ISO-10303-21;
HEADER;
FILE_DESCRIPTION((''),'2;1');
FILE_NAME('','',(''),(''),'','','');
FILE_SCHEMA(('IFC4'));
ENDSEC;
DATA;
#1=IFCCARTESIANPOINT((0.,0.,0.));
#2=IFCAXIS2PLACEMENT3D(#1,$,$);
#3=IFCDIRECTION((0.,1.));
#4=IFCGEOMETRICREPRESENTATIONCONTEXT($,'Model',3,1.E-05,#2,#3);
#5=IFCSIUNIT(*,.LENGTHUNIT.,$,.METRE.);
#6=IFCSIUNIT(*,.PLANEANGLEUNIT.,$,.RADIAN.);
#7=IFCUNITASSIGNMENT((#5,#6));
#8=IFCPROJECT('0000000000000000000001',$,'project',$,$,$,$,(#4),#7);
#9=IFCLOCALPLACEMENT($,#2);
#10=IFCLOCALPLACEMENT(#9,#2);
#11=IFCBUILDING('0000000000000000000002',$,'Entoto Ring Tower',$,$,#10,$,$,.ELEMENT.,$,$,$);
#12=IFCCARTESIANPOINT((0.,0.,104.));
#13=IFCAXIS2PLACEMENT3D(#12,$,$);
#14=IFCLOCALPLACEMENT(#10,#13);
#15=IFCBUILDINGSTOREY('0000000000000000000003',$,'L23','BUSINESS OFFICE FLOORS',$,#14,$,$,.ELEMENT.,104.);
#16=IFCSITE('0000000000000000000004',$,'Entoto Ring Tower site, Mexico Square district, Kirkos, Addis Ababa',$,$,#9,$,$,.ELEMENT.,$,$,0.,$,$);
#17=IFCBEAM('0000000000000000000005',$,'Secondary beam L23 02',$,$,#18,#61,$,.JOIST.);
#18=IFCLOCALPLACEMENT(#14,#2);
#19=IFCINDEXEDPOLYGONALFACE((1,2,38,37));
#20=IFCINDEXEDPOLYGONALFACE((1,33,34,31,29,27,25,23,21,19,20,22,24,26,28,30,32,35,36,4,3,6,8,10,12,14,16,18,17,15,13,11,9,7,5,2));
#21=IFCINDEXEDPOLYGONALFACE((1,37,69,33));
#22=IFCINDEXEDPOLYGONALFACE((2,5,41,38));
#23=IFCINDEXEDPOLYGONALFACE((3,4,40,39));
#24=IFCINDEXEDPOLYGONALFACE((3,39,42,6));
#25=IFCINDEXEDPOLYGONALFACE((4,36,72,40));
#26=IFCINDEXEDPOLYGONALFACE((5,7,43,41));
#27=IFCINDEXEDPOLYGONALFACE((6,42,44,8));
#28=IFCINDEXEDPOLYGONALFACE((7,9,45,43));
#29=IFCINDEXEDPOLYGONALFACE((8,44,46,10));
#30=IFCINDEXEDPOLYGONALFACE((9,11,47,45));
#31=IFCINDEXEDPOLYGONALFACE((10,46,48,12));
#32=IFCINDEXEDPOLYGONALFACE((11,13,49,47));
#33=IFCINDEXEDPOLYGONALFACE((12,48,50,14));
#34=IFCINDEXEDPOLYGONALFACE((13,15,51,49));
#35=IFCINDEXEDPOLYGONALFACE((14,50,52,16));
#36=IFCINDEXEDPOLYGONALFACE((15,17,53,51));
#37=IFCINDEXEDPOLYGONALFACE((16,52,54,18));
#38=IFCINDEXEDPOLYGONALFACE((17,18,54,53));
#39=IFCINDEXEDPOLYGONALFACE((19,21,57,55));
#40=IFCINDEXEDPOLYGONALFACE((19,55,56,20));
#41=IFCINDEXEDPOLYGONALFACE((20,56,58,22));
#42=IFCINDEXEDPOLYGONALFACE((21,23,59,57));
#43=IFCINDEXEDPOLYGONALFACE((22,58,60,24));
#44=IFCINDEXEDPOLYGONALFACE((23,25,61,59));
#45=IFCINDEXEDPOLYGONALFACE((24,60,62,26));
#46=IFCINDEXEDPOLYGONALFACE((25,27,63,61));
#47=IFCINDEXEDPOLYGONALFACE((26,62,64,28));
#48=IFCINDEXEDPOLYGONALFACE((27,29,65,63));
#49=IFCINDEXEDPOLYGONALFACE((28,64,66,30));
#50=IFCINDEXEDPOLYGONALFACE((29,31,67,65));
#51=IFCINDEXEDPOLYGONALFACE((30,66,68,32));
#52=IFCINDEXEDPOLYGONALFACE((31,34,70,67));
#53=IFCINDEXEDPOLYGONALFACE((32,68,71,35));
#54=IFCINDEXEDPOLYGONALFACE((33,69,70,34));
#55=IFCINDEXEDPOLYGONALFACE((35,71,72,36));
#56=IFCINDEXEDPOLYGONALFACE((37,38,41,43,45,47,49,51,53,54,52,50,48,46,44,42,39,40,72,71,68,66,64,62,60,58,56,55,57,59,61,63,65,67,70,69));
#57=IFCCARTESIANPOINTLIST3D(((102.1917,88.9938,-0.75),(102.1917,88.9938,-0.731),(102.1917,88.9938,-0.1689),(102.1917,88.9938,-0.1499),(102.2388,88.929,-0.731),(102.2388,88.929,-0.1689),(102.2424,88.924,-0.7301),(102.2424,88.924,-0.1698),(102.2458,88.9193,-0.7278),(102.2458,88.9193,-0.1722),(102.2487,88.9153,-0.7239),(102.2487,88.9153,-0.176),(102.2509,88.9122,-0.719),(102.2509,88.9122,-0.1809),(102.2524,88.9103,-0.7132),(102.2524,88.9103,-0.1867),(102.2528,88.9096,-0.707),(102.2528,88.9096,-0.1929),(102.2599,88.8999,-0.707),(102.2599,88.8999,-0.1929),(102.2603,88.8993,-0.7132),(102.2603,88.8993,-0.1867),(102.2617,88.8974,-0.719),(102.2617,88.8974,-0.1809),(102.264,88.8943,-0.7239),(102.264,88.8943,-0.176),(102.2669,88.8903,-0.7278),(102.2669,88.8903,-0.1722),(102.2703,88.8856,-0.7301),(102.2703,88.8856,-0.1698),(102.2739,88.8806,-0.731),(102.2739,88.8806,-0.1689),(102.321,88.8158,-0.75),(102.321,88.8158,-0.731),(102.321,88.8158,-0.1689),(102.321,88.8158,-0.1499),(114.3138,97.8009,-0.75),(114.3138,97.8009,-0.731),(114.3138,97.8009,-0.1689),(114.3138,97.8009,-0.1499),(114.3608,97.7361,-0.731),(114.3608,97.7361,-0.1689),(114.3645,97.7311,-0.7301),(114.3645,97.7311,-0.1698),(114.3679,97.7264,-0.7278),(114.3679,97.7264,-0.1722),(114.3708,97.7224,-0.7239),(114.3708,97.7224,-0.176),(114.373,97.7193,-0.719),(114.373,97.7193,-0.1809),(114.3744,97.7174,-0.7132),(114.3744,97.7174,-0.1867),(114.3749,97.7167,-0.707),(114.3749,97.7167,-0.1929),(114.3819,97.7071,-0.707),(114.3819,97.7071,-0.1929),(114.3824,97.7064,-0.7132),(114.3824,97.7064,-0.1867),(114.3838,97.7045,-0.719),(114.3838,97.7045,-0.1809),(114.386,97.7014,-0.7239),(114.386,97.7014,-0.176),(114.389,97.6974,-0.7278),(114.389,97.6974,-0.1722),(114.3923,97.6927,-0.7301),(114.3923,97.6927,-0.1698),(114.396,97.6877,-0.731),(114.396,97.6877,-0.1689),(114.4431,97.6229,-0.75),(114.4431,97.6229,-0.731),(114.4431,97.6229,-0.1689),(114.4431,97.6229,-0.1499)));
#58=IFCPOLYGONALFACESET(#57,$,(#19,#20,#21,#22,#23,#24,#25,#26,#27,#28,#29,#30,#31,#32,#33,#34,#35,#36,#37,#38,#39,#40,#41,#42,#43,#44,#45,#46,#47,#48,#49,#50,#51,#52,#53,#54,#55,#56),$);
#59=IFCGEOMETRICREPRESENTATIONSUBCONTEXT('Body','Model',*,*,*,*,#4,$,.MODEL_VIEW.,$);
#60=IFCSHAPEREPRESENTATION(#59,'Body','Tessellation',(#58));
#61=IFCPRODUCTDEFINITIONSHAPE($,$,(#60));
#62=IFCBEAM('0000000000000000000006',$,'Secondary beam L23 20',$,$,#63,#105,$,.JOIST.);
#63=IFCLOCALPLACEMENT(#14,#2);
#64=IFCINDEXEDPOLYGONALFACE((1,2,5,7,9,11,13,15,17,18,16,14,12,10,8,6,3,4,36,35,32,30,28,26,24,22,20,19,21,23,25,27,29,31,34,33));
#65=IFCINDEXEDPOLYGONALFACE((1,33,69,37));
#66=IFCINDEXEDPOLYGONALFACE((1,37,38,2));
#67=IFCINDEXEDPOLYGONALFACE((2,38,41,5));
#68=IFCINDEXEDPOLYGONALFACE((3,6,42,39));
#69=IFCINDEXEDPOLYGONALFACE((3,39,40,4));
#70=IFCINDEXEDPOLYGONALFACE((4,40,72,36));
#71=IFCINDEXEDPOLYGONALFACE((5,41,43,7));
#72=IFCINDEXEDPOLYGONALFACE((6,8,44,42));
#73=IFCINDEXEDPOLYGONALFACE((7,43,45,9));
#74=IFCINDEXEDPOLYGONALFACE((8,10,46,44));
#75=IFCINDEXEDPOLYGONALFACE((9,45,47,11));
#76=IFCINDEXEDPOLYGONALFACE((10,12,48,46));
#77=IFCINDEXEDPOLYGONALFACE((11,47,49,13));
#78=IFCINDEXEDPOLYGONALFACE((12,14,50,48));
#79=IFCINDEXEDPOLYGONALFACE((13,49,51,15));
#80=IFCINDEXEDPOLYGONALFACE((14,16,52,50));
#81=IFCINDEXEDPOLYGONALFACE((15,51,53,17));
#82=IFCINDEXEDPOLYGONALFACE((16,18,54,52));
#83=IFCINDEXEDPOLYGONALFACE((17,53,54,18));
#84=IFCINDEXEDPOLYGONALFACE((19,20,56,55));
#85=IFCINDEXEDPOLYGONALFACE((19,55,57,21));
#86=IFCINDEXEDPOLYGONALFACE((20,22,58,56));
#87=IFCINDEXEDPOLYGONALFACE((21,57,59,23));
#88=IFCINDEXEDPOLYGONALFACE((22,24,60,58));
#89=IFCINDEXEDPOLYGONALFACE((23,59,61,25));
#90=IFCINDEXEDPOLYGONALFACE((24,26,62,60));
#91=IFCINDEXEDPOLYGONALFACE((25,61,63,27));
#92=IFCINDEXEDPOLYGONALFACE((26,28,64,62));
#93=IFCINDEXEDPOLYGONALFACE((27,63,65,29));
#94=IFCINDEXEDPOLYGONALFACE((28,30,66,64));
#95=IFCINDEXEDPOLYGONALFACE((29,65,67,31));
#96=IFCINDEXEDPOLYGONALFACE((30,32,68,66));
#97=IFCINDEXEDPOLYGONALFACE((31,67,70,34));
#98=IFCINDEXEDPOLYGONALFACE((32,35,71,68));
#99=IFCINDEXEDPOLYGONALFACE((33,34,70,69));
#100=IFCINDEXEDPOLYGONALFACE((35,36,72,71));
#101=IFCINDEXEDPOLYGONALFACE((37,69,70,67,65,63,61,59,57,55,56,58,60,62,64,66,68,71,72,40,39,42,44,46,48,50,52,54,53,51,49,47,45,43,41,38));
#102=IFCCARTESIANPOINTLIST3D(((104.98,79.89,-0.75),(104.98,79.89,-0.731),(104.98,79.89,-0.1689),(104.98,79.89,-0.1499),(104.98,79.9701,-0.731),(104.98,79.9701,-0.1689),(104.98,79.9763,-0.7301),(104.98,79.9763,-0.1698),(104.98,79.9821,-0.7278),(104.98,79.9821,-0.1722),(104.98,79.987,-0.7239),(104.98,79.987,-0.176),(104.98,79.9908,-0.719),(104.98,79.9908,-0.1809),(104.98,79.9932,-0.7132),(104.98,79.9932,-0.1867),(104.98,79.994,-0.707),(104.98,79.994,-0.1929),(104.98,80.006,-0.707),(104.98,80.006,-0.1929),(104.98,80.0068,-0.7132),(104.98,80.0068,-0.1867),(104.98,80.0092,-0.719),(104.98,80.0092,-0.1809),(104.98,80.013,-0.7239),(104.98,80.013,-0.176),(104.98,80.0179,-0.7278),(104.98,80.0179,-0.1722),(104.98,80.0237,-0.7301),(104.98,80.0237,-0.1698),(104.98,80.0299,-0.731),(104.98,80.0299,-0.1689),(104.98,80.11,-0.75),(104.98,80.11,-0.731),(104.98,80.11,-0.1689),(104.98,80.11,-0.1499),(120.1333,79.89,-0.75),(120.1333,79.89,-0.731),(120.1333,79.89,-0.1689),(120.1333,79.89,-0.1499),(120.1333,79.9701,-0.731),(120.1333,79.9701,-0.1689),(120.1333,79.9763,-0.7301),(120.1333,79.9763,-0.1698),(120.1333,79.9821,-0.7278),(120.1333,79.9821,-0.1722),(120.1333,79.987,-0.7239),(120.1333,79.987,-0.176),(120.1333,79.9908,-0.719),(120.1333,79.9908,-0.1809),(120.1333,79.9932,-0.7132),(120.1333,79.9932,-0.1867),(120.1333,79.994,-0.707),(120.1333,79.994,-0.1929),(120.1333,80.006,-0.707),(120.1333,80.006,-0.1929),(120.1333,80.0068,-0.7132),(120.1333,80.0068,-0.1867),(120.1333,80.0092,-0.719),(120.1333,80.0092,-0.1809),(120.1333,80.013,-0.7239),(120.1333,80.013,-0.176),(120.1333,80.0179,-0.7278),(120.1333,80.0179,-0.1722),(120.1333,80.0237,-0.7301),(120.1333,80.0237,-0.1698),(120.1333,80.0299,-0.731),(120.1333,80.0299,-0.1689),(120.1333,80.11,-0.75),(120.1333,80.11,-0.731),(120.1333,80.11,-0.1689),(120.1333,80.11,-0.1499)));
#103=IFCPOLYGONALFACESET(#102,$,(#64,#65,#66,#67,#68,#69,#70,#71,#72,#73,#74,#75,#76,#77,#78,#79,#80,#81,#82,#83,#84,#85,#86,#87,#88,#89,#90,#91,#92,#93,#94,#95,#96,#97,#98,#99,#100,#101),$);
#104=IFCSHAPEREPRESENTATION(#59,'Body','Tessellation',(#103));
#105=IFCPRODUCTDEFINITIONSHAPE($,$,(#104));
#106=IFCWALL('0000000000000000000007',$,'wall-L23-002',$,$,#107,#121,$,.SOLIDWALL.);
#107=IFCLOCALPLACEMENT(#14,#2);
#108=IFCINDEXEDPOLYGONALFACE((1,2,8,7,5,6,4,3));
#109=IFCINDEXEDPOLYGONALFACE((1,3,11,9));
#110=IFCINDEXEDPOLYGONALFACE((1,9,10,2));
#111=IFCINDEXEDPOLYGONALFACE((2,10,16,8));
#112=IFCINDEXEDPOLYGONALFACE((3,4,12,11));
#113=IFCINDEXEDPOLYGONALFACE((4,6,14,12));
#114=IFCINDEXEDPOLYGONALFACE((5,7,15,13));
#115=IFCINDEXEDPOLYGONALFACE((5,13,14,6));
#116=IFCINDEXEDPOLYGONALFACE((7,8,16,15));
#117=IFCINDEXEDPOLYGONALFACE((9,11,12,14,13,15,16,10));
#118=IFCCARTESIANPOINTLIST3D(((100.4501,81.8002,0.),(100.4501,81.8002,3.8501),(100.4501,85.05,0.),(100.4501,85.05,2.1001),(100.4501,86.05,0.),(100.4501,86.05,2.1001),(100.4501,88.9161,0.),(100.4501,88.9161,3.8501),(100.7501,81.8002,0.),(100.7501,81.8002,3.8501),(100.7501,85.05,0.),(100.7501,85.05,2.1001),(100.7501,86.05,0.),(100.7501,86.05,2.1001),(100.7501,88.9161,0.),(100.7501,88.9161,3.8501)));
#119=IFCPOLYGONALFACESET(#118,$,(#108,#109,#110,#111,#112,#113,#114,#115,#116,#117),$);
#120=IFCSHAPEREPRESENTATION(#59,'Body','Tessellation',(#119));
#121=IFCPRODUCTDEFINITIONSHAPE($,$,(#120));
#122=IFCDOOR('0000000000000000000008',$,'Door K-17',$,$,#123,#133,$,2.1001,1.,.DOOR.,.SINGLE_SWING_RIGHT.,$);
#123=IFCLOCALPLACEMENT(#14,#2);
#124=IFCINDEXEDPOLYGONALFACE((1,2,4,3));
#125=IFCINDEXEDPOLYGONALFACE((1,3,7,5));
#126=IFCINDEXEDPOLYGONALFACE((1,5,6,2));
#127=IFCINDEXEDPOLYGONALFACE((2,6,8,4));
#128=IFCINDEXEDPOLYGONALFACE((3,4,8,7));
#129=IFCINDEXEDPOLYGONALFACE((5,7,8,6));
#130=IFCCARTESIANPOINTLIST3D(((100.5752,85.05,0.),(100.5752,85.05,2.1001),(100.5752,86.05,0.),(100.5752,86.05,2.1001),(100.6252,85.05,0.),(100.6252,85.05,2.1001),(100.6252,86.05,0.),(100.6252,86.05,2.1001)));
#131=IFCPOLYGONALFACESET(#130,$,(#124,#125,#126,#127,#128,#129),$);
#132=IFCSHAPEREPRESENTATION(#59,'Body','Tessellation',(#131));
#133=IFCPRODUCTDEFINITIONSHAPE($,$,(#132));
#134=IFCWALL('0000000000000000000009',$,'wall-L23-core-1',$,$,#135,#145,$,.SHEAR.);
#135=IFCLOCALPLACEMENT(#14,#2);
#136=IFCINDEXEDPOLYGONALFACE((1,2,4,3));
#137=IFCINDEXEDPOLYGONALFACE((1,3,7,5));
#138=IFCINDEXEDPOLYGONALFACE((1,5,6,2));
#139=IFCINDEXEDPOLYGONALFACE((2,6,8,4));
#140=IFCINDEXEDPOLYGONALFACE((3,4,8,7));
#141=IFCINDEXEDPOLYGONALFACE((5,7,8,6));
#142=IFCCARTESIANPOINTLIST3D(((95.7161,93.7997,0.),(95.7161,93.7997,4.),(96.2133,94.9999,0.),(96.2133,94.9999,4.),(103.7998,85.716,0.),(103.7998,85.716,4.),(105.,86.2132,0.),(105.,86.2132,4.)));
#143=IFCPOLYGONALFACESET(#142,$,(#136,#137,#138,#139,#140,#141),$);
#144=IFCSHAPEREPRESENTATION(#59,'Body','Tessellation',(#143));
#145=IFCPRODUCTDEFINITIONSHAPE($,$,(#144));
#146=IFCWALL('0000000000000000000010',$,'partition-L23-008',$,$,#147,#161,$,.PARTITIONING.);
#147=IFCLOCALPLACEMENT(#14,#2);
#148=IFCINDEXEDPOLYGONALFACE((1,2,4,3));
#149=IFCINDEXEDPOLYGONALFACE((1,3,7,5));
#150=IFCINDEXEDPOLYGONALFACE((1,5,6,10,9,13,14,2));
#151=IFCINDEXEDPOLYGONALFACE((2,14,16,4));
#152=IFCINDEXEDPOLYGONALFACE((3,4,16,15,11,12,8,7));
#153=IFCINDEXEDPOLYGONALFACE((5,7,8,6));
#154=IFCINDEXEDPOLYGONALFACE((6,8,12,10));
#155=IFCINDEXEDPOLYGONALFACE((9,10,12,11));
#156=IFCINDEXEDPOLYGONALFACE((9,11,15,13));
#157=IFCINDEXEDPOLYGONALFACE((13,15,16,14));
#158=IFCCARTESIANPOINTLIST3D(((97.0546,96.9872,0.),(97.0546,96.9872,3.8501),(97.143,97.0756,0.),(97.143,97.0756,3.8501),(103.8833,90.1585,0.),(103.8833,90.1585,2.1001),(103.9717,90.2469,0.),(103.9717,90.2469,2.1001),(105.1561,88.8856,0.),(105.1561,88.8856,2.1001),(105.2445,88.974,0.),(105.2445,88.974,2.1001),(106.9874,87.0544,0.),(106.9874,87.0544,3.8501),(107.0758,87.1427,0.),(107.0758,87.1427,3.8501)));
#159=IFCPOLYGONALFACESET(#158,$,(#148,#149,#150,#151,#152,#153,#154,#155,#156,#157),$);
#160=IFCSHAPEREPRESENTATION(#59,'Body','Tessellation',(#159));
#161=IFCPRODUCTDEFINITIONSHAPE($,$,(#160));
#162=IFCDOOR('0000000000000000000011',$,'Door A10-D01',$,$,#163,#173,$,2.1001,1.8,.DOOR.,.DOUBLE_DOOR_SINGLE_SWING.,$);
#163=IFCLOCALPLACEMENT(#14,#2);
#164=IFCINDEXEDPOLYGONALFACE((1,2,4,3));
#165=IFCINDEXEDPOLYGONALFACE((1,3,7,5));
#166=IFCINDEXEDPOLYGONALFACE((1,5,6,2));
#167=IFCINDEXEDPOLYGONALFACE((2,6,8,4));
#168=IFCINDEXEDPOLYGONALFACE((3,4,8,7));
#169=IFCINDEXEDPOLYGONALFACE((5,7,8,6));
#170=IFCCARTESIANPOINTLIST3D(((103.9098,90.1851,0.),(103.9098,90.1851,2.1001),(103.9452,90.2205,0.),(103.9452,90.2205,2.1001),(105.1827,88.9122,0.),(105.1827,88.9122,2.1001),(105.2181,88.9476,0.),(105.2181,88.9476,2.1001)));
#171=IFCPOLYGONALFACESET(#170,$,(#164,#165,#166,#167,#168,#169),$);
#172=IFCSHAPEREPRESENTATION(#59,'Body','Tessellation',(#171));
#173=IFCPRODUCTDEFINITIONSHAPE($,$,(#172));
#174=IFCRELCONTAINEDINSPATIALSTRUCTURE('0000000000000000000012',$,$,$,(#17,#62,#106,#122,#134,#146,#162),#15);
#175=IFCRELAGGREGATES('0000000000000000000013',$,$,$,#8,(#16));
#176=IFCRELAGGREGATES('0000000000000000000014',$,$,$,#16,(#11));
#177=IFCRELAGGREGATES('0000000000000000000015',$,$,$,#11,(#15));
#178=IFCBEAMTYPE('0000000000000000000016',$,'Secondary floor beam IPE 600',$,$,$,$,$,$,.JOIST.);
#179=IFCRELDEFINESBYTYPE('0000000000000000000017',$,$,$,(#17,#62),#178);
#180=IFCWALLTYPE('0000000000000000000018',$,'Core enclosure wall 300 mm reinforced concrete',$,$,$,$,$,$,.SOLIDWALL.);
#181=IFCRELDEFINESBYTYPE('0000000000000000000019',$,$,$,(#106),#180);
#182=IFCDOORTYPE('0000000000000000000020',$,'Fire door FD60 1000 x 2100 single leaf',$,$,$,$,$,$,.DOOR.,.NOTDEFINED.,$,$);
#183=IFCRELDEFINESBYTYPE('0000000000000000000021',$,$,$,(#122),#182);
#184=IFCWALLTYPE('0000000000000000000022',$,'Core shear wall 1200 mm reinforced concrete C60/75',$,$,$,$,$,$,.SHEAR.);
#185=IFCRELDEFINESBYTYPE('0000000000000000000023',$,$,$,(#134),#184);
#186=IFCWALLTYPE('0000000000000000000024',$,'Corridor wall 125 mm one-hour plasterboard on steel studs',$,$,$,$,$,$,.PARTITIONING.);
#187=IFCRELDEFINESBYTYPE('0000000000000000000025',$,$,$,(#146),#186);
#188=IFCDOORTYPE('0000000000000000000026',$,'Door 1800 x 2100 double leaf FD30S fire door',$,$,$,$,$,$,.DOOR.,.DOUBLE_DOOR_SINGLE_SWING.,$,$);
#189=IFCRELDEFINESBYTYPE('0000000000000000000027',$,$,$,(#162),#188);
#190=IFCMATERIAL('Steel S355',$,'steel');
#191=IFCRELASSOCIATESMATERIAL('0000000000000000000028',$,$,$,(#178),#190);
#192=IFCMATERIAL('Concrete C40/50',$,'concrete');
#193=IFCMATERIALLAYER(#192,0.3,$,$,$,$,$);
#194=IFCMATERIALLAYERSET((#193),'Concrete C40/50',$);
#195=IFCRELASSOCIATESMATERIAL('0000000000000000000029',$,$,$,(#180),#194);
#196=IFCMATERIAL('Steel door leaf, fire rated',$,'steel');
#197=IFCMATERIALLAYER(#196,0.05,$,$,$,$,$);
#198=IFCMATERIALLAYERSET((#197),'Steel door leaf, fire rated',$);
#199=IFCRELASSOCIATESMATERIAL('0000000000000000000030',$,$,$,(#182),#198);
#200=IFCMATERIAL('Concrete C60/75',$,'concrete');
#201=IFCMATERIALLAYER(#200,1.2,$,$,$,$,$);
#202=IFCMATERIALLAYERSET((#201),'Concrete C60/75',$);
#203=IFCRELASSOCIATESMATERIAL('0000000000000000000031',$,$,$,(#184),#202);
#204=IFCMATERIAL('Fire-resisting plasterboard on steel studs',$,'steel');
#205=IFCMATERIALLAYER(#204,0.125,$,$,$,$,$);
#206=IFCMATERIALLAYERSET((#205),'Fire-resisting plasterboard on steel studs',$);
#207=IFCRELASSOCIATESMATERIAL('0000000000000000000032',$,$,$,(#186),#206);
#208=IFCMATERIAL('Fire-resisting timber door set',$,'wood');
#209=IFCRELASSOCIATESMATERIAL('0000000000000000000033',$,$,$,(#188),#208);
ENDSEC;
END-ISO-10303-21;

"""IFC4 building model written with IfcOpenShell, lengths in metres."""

from ifc_helpers import new_model, si_unit, direction, frame, frame_2d, origin, origin_2d, place, context, subcontext, project, spatial, polyline, rectangle, i_section, outline, extrude, material, layer, layer_set, material_profile, profile_set, type_object, element, fill, save


model = new_model("IFC4")

# Units and contexts
model_context = context("Model", 3, precision=1e-05, world=origin(), true_north=direction((0.0, 1.0)))
body_context = subcontext(model_context, "Body", "Model", "MODEL_VIEW")
ifc_project = project(units=[si_unit("LENGTHUNIT", "METRE"), si_unit("PLANEANGLEUNIT", "RADIAN")], contexts=[model_context])

# Site, building, storey
site_placement = place(None, origin())
site = spatial("IfcSite", under=ifc_project, at=site_placement, Name="Entoto Ring Tower site, Mexico Square district, Kirkos, Addis Ababa", CompositionType="ELEMENT", RefElevation=0.0)
building_placement = place(site_placement, origin())
building = spatial("IfcBuilding", under=site, at=building_placement, Name="Entoto Ring Tower", CompositionType="ELEMENT")
storey_placement = place(building_placement, frame((0.0, 0.0, 104.0)))
storey = spatial("IfcBuildingStorey", under=building, at=storey_placement, Name="L23", Description="BUSINESS OFFICE FLOORS", CompositionType="ELEMENT", Elevation=104.0)

# Beams
ifc_material_1 = material(Name="Steel S355", Category="steel")
ifc_material_profile_1 = material_profile(ifc_material_1, i_section(OverallWidth=0.22, OverallDepth=0.6001, WebThickness=0.012, FlangeThickness=0.019, FilletRadius=0.0239, at=origin_2d()), Name="IPE 600")
ifc_profile_set_1 = profile_set([ifc_material_profile_1], Name="Steel S355")
beam_type_1 = type_object("IfcBeamType", Name="Secondary floor beam IPE 600", PredefinedType="JOIST", material=ifc_profile_set_1)
beam_1_placement = place(storey_placement, frame((102.2563, 88.9048, -0.45), z_axis=(0.809019, 0.587782, 0.0), x_axis=(-0.587782, 0.809019, 0.0)))
element("IfcBeam", 1, at=beam_1_placement, inside=storey, type_object=beam_type_1, Name="Secondary beam L23 02", PredefinedType="JOIST", context=body_context, shape_type="SweptSolid", body=[
    extrude(i_section(OverallWidth=0.22, OverallDepth=0.6001, WebThickness=0.012, FlangeThickness=0.019, FilletRadius=0.0239, at=origin_2d()), origin(), (0.0, 0.0, 1.0), 14.9836),
])
beam_2_placement = place(storey_placement, frame((104.98, 80.0, -0.45), z_axis=(1.0, 0.0, 0.0), x_axis=(0.0, 1.0, 0.0)))
element("IfcBeam", 2, at=beam_2_placement, inside=storey, type_object=beam_type_1, Name="Secondary beam L23 20", PredefinedType="JOIST", context=body_context, shape_type="SweptSolid", body=[
    extrude(i_section(OverallWidth=0.22, OverallDepth=0.6001, WebThickness=0.012, FlangeThickness=0.019, FilletRadius=0.0239, at=origin_2d()), origin(), (0.0, 0.0, 1.0), 15.1533),
])

# Wall, opening, door
ifc_material_2 = material(Name="Concrete C40/50", Category="concrete")
ifc_layer_1 = layer(ifc_material_2, 0.3)
ifc_layer_set_1 = layer_set([ifc_layer_1], Name="Concrete C40/50")
wall_type_1 = type_object("IfcWallType", Name="Core enclosure wall 300 mm reinforced concrete", PredefinedType="SOLIDWALL", material=ifc_layer_set_1)
wall_1_placement = place(storey_placement, frame((100.6001, 81.8, 0.0), z_axis=(0.0, 0.0, 1.0), x_axis=(0.0, 1.0, 0.0)))
wall_1 = element("IfcWall", 3, at=wall_1_placement, inside=storey, type_object=wall_type_1, Name="wall-L23-002", PredefinedType="SOLIDWALL", context=body_context, shape_type="SweptSolid", body=[
    extrude(rectangle(XDim=7.116, YDim=0.3, at=frame_2d((3.5581, 0.0))), origin(), (0.0, 0.0, 1.0), 3.8501),
])
opening_1_placement = place(wall_1_placement, frame((3.25, 0.0, 0.0)))
opening_1 = element("IfcOpeningElement", 4, at=opening_1_placement, cuts=wall_1, PredefinedType="OPENING", context=body_context, shape_type="SweptSolid", body=[
    extrude(rectangle(XDim=1.0, YDim=2.1001, at=frame_2d((0.5, 1.05))), frame((0.0, 0.1602, 0.0), z_axis=(0.0, -1.0, 0.0), x_axis=(1.0, 0.0, 0.0)), (0.0, 0.0, 1.0), 0.3201),
])
ifc_material_3 = material(Name="Steel door leaf, fire rated", Category="steel")
ifc_layer_2 = layer(ifc_material_3, 0.05)
ifc_layer_set_2 = layer_set([ifc_layer_2], Name="Steel door leaf, fire rated")
door_type_1 = type_object("IfcDoorType", Name="Fire door FD60 1000 x 2100 single leaf", OperationType="NOTDEFINED", PredefinedType="DOOR", material=ifc_layer_set_2)
door_1_placement = place(opening_1_placement, origin())
door_1 = element("IfcDoor", 5, at=door_1_placement, inside=storey, type_object=door_type_1, Name="Door K-17", OperationType="SINGLE_SWING_RIGHT", OverallHeight=2.1001, OverallWidth=1.0, PredefinedType="DOOR", context=body_context, shape_type="SweptSolid", body=[
    extrude(rectangle(XDim=1.0, YDim=2.1001, at=frame_2d((0.5, 1.05))), frame((0.0, 0.0249, 0.0), z_axis=(0.0, -1.0, 0.0), x_axis=(1.0, 0.0, 0.0)), (0.0, 0.0, 1.0), 0.05),
])
fill(opening_1, door_1)

# Wall
ifc_material_4 = material(Name="Concrete C60/75", Category="concrete")
ifc_layer_3 = layer(ifc_material_4, 1.2)
ifc_layer_set_3 = layer_set([ifc_layer_3], Name="Concrete C60/75")
wall_type_2 = type_object("IfcWallType", Name="Core shear wall 1200 mm reinforced concrete C60/75", PredefinedType="SHEAR", material=ifc_layer_set_3)
wall_2_placement = place(storey_placement, frame((104.3999, 85.9646, 0.0), z_axis=(0.0, 0.0, 1.0), x_axis=(-0.707107, 0.707107, 0.0)))
element("IfcWall", 6, at=wall_2_placement, inside=storey, type_object=wall_type_2, Name="wall-L23-core-1", PredefinedType="SHEAR", context=body_context, shape_type="SweptSolid", body=[
    extrude(outline(polyline([(-0.2485, -0.6001), (12.1777, -0.6001), (11.6807, 0.6001), (0.2485, 0.6001), (-0.2485, -0.6001)])), origin(), (0.0, 0.0, 1.0), 4.0),
])

# Wall, opening, door
ifc_material_5 = material(Name="Fire-resisting plasterboard on steel studs", Category="steel")
ifc_layer_4 = layer(ifc_material_5, 0.125)
ifc_layer_set_4 = layer_set([ifc_layer_4], Name="Fire-resisting plasterboard on steel studs")
wall_type_3 = type_object("IfcWallType", Name="Corridor wall 125 mm one-hour plasterboard on steel studs", PredefinedType="PARTITIONING", material=ifc_layer_set_4)
wall_3_placement = place(storey_placement, frame((107.0315, 87.0986, 0.0), z_axis=(0.0, 0.0, 1.0), x_axis=(-0.707107, 0.707107, 0.0)))
wall_3 = element("IfcWall", 7, at=wall_3_placement, inside=storey, type_object=wall_type_3, Name="partition-L23-008", PredefinedType="PARTITIONING", context=body_context, shape_type="SweptSolid", body=[
    extrude(rectangle(XDim=14.0471, YDim=0.125, at=frame_2d((7.0234, 0.0))), origin(), (0.0, 0.0, 1.0), 3.8501),
])
opening_2_placement = place(wall_3_placement, frame((2.5898, 0.0, 0.0)))
opening_2 = element("IfcOpeningElement", 8, at=opening_2_placement, cuts=wall_3, PredefinedType="OPENING", context=body_context, shape_type="SweptSolid", body=[
    extrude(rectangle(XDim=1.8, YDim=2.1001, at=frame_2d((0.8999, 1.05))), frame((0.0, 0.0725, 0.0), z_axis=(0.0, -1.0, 0.0), x_axis=(1.0, 0.0, 0.0)), (0.0, 0.0, 1.0), 0.145),
])
ifc_material_6 = material(Name="Fire-resisting timber door set", Category="wood")
door_type_2 = type_object("IfcDoorType", Name="Door 1800 x 2100 double leaf FD30S fire door", OperationType="DOUBLE_DOOR_SINGLE_SWING", PredefinedType="DOOR", material=ifc_material_6)
door_2_placement = place(opening_2_placement, origin())
door_2 = element("IfcDoor", 9, at=door_2_placement, inside=storey, type_object=door_type_2, Name="Door A10-D01", OperationType="DOUBLE_DOOR_SINGLE_SWING", OverallHeight=2.1001, OverallWidth=1.8, PredefinedType="DOOR", context=body_context, shape_type="SweptSolid", body=[
    extrude(rectangle(XDim=1.8, YDim=2.1001, at=frame_2d((0.8999, 1.05))), frame((0.0, 0.0249, 0.0), z_axis=(0.0, -1.0, 0.0), x_axis=(1.0, 0.0, 0.0)), (0.0, 0.0, 1.0), 0.05),
])
fill(opening_2, door_2)

save(model, "model.ifc")
